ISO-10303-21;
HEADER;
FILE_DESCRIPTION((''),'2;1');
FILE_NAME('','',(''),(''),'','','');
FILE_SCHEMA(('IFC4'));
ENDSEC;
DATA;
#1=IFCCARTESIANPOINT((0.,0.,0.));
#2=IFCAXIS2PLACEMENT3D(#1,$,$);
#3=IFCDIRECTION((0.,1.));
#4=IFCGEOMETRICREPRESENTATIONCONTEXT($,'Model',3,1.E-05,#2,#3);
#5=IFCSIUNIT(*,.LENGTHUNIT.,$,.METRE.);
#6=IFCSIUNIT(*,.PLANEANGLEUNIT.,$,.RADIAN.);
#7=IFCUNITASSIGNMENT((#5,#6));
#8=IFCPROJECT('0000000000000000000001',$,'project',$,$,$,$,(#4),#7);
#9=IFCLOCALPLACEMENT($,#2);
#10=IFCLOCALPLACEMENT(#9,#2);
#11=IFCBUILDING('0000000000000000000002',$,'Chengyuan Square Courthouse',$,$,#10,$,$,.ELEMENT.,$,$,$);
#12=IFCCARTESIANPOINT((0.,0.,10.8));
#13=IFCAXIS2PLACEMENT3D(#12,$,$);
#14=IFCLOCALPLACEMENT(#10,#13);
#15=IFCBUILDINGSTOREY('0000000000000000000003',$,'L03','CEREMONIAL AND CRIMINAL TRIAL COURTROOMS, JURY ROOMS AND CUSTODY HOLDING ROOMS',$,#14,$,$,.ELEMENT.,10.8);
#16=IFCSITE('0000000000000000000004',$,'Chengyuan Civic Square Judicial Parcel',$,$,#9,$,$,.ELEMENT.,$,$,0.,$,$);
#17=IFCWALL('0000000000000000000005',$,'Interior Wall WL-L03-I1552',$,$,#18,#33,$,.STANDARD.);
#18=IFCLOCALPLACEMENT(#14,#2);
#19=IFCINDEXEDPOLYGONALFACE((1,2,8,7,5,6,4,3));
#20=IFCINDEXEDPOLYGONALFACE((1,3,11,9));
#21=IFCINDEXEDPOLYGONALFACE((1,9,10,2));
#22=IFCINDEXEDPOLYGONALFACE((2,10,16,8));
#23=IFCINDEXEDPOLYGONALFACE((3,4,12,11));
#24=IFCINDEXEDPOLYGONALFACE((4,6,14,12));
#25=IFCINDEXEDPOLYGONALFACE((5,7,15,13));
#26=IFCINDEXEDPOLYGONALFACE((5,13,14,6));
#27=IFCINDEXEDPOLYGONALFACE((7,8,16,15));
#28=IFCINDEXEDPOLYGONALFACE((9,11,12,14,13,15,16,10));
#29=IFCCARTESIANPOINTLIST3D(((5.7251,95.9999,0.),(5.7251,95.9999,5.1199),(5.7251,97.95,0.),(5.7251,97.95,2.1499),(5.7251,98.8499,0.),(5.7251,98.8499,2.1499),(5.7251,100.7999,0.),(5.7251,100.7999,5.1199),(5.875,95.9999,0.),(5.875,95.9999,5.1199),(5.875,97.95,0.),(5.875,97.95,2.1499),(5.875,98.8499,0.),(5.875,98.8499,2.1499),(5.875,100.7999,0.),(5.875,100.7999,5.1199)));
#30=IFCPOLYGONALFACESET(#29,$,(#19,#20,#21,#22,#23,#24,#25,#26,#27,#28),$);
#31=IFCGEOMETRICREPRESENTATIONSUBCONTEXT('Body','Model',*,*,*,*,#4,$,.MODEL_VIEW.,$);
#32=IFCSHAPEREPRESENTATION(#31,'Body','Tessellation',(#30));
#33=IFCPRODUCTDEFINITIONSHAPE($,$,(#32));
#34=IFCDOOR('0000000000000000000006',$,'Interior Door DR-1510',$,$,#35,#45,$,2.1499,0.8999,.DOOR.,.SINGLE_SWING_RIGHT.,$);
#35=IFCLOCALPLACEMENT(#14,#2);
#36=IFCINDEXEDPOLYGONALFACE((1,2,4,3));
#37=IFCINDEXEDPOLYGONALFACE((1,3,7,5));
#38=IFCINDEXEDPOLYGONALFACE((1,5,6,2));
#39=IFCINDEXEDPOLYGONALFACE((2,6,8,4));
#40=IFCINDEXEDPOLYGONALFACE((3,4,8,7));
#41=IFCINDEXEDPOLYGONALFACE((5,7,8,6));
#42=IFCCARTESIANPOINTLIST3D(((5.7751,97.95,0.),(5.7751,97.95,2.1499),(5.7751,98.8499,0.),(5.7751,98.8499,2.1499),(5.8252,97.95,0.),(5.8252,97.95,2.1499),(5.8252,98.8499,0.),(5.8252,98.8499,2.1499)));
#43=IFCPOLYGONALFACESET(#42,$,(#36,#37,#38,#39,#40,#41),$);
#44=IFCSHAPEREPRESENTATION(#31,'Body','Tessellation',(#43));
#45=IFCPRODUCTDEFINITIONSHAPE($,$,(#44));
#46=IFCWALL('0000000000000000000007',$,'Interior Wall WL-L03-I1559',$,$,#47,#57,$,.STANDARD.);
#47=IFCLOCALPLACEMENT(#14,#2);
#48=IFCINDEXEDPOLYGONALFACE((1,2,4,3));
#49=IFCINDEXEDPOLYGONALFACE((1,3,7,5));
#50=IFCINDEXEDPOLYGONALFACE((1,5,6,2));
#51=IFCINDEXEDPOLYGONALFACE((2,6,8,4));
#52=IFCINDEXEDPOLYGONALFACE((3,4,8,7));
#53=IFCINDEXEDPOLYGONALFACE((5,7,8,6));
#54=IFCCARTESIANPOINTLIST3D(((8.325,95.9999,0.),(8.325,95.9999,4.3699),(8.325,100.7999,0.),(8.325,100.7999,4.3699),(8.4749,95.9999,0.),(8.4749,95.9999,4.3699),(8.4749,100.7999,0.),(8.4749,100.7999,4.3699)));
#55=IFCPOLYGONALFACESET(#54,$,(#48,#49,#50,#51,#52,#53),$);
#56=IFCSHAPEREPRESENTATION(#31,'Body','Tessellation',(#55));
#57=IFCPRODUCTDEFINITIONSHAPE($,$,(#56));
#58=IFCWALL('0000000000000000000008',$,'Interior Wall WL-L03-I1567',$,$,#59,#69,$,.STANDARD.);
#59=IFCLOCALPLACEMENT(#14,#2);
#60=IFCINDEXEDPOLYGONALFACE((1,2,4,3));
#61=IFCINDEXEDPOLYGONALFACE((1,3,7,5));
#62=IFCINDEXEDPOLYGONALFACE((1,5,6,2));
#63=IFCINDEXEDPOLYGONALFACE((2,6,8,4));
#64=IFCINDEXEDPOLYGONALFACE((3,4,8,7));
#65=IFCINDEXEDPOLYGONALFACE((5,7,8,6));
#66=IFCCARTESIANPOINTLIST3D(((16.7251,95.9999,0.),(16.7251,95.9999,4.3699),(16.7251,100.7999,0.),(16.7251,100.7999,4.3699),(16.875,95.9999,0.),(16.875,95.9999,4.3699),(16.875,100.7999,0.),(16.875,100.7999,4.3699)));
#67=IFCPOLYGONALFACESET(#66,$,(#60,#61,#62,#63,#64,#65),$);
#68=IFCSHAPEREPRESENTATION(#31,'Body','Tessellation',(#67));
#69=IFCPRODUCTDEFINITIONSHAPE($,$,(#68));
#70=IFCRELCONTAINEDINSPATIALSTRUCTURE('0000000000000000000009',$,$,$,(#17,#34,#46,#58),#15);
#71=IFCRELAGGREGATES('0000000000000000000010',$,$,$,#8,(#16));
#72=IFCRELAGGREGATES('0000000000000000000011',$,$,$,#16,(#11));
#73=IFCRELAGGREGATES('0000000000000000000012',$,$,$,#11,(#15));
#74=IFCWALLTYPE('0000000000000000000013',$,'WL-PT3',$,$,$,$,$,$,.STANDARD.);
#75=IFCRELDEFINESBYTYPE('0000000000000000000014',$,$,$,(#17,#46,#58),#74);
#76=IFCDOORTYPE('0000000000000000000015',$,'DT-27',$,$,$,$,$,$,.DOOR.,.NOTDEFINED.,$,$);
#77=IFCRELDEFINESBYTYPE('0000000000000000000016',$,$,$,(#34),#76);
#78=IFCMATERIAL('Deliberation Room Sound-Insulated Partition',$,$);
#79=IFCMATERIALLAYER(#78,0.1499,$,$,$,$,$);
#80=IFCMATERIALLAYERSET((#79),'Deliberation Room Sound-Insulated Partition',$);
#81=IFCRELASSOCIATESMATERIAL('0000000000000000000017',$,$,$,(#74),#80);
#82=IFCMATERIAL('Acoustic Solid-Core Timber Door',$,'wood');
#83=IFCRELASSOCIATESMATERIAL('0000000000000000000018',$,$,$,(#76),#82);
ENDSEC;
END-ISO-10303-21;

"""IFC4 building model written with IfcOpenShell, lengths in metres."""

from ifc_helpers import new_model, si_unit, direction, frame, frame_2d, origin, place, context, subcontext, project, spatial, rectangle, extrude, material, layer, layer_set, type_object, element, fill, save


model = new_model("IFC4")

# Units and contexts
model_context = context("Model", 3, precision=1e-05, world=origin(), true_north=direction((0.0, 1.0)))
body_context = subcontext(model_context, "Body", "Model", "MODEL_VIEW")
ifc_project = project(units=[si_unit("LENGTHUNIT", "METRE"), si_unit("PLANEANGLEUNIT", "RADIAN")], contexts=[model_context])

# Site, building, storey
site_placement = place(None, origin())
site = spatial("IfcSite", under=ifc_project, at=site_placement, Name="Chengyuan Civic Square Judicial Parcel", CompositionType="ELEMENT", RefElevation=0.0)
building_placement = place(site_placement, origin())
building = spatial("IfcBuilding", under=site, at=building_placement, Name="Chengyuan Square Courthouse", CompositionType="ELEMENT")
storey_placement = place(building_placement, frame((0.0, 0.0, 10.8)))
storey = spatial("IfcBuildingStorey", under=building, at=storey_placement, Name="L03", Description="CEREMONIAL AND CRIMINAL TRIAL COURTROOMS, JURY ROOMS AND CUSTODY HOLDING ROOMS", CompositionType="ELEMENT", Elevation=10.8)

# Shared definitions
ifc_material_1 = material(Name="Deliberation Room Sound-Insulated Partition")
ifc_layer_1 = layer(ifc_material_1, 0.1499)
ifc_layer_set_1 = layer_set([ifc_layer_1], Name="Deliberation Room Sound-Insulated Partition")
wall_type_1 = type_object("IfcWallType", Name="WL-PT3", PredefinedType="STANDARD", material=ifc_layer_set_1)
ifc_material_2 = material(Name="Acoustic Solid-Core Timber Door", Category="wood")

# Wall, opening, door
wall_1_placement = place(storey_placement, frame((5.8, 96.0, 0.0), z_axis=(0.0, 0.0, 1.0), x_axis=(0.0, 1.0, 0.0)))
wall_1 = element("IfcWall", 1, at=wall_1_placement, inside=storey, type_object=wall_type_1, Name="Interior Wall WL-L03-I1552", PredefinedType="STANDARD", context=body_context, shape_type="SweptSolid", body=[
    extrude(rectangle(XDim=4.8, YDim=0.1499, at=frame_2d((2.3999, 0.0))), origin(), (0.0, 0.0, 1.0), 5.1199),
])
opening_1_placement = place(wall_1_placement, frame((1.95, 0.0, 0.0)))
opening_1 = element("IfcOpeningElement", 2, at=opening_1_placement, cuts=wall_1, PredefinedType="OPENING", context=body_context, shape_type="SweptSolid", body=[
    extrude(rectangle(XDim=0.8999, YDim=2.1499, at=frame_2d((0.45, 1.075))), frame((0.0, 0.0869, 0.0), z_axis=(0.0, -1.0, 0.0), x_axis=(1.0, 0.0, 0.0)), (0.0, 0.0, 1.0), 0.1738),
])
door_type_1 = type_object("IfcDoorType", Name="DT-27", OperationType="NOTDEFINED", PredefinedType="DOOR", material=ifc_material_2)
door_1_placement = place(opening_1_placement, origin())
door_1 = element("IfcDoor", 3, at=door_1_placement, inside=storey, type_object=door_type_1, Name="Interior Door DR-1510", OperationType="SINGLE_SWING_RIGHT", OverallHeight=2.1499, OverallWidth=0.8999, PredefinedType="DOOR", context=body_context, shape_type="SweptSolid", body=[
    extrude(rectangle(XDim=0.8999, YDim=2.1499, at=frame_2d((0.45, 1.075))), frame((0.0, 0.0249, 0.0), z_axis=(0.0, -1.0, 0.0), x_axis=(1.0, 0.0, 0.0)), (0.0, 0.0, 1.0), 0.05),
])
fill(opening_1, door_1)

# Walls
for number, where, z_axis, x_axis, name in (
    (4, (8.3999, 96.0, 0.0), (0.0, 0.0, 1.0), (0.0, 1.0, 0.0), "Interior Wall WL-L03-I1559"),
    (5, (16.8, 96.0, 0.0), (0.0, 0.0, 1.0), (0.0, 1.0, 0.0), "Interior Wall WL-L03-I1567"),
):
    element("IfcWall", number, at=place(storey_placement, frame(where, z_axis=z_axis, x_axis=x_axis)), inside=storey, type_object=wall_type_1, Name=name, PredefinedType="STANDARD", context=body_context, shape_type="SweptSolid", body=[
        extrude(rectangle(XDim=4.8, YDim=0.1499, at=frame_2d((2.3999, 0.0))), origin(), (0.0, 0.0, 1.0), 4.3699),
    ])

save(model, "model.ifc")
